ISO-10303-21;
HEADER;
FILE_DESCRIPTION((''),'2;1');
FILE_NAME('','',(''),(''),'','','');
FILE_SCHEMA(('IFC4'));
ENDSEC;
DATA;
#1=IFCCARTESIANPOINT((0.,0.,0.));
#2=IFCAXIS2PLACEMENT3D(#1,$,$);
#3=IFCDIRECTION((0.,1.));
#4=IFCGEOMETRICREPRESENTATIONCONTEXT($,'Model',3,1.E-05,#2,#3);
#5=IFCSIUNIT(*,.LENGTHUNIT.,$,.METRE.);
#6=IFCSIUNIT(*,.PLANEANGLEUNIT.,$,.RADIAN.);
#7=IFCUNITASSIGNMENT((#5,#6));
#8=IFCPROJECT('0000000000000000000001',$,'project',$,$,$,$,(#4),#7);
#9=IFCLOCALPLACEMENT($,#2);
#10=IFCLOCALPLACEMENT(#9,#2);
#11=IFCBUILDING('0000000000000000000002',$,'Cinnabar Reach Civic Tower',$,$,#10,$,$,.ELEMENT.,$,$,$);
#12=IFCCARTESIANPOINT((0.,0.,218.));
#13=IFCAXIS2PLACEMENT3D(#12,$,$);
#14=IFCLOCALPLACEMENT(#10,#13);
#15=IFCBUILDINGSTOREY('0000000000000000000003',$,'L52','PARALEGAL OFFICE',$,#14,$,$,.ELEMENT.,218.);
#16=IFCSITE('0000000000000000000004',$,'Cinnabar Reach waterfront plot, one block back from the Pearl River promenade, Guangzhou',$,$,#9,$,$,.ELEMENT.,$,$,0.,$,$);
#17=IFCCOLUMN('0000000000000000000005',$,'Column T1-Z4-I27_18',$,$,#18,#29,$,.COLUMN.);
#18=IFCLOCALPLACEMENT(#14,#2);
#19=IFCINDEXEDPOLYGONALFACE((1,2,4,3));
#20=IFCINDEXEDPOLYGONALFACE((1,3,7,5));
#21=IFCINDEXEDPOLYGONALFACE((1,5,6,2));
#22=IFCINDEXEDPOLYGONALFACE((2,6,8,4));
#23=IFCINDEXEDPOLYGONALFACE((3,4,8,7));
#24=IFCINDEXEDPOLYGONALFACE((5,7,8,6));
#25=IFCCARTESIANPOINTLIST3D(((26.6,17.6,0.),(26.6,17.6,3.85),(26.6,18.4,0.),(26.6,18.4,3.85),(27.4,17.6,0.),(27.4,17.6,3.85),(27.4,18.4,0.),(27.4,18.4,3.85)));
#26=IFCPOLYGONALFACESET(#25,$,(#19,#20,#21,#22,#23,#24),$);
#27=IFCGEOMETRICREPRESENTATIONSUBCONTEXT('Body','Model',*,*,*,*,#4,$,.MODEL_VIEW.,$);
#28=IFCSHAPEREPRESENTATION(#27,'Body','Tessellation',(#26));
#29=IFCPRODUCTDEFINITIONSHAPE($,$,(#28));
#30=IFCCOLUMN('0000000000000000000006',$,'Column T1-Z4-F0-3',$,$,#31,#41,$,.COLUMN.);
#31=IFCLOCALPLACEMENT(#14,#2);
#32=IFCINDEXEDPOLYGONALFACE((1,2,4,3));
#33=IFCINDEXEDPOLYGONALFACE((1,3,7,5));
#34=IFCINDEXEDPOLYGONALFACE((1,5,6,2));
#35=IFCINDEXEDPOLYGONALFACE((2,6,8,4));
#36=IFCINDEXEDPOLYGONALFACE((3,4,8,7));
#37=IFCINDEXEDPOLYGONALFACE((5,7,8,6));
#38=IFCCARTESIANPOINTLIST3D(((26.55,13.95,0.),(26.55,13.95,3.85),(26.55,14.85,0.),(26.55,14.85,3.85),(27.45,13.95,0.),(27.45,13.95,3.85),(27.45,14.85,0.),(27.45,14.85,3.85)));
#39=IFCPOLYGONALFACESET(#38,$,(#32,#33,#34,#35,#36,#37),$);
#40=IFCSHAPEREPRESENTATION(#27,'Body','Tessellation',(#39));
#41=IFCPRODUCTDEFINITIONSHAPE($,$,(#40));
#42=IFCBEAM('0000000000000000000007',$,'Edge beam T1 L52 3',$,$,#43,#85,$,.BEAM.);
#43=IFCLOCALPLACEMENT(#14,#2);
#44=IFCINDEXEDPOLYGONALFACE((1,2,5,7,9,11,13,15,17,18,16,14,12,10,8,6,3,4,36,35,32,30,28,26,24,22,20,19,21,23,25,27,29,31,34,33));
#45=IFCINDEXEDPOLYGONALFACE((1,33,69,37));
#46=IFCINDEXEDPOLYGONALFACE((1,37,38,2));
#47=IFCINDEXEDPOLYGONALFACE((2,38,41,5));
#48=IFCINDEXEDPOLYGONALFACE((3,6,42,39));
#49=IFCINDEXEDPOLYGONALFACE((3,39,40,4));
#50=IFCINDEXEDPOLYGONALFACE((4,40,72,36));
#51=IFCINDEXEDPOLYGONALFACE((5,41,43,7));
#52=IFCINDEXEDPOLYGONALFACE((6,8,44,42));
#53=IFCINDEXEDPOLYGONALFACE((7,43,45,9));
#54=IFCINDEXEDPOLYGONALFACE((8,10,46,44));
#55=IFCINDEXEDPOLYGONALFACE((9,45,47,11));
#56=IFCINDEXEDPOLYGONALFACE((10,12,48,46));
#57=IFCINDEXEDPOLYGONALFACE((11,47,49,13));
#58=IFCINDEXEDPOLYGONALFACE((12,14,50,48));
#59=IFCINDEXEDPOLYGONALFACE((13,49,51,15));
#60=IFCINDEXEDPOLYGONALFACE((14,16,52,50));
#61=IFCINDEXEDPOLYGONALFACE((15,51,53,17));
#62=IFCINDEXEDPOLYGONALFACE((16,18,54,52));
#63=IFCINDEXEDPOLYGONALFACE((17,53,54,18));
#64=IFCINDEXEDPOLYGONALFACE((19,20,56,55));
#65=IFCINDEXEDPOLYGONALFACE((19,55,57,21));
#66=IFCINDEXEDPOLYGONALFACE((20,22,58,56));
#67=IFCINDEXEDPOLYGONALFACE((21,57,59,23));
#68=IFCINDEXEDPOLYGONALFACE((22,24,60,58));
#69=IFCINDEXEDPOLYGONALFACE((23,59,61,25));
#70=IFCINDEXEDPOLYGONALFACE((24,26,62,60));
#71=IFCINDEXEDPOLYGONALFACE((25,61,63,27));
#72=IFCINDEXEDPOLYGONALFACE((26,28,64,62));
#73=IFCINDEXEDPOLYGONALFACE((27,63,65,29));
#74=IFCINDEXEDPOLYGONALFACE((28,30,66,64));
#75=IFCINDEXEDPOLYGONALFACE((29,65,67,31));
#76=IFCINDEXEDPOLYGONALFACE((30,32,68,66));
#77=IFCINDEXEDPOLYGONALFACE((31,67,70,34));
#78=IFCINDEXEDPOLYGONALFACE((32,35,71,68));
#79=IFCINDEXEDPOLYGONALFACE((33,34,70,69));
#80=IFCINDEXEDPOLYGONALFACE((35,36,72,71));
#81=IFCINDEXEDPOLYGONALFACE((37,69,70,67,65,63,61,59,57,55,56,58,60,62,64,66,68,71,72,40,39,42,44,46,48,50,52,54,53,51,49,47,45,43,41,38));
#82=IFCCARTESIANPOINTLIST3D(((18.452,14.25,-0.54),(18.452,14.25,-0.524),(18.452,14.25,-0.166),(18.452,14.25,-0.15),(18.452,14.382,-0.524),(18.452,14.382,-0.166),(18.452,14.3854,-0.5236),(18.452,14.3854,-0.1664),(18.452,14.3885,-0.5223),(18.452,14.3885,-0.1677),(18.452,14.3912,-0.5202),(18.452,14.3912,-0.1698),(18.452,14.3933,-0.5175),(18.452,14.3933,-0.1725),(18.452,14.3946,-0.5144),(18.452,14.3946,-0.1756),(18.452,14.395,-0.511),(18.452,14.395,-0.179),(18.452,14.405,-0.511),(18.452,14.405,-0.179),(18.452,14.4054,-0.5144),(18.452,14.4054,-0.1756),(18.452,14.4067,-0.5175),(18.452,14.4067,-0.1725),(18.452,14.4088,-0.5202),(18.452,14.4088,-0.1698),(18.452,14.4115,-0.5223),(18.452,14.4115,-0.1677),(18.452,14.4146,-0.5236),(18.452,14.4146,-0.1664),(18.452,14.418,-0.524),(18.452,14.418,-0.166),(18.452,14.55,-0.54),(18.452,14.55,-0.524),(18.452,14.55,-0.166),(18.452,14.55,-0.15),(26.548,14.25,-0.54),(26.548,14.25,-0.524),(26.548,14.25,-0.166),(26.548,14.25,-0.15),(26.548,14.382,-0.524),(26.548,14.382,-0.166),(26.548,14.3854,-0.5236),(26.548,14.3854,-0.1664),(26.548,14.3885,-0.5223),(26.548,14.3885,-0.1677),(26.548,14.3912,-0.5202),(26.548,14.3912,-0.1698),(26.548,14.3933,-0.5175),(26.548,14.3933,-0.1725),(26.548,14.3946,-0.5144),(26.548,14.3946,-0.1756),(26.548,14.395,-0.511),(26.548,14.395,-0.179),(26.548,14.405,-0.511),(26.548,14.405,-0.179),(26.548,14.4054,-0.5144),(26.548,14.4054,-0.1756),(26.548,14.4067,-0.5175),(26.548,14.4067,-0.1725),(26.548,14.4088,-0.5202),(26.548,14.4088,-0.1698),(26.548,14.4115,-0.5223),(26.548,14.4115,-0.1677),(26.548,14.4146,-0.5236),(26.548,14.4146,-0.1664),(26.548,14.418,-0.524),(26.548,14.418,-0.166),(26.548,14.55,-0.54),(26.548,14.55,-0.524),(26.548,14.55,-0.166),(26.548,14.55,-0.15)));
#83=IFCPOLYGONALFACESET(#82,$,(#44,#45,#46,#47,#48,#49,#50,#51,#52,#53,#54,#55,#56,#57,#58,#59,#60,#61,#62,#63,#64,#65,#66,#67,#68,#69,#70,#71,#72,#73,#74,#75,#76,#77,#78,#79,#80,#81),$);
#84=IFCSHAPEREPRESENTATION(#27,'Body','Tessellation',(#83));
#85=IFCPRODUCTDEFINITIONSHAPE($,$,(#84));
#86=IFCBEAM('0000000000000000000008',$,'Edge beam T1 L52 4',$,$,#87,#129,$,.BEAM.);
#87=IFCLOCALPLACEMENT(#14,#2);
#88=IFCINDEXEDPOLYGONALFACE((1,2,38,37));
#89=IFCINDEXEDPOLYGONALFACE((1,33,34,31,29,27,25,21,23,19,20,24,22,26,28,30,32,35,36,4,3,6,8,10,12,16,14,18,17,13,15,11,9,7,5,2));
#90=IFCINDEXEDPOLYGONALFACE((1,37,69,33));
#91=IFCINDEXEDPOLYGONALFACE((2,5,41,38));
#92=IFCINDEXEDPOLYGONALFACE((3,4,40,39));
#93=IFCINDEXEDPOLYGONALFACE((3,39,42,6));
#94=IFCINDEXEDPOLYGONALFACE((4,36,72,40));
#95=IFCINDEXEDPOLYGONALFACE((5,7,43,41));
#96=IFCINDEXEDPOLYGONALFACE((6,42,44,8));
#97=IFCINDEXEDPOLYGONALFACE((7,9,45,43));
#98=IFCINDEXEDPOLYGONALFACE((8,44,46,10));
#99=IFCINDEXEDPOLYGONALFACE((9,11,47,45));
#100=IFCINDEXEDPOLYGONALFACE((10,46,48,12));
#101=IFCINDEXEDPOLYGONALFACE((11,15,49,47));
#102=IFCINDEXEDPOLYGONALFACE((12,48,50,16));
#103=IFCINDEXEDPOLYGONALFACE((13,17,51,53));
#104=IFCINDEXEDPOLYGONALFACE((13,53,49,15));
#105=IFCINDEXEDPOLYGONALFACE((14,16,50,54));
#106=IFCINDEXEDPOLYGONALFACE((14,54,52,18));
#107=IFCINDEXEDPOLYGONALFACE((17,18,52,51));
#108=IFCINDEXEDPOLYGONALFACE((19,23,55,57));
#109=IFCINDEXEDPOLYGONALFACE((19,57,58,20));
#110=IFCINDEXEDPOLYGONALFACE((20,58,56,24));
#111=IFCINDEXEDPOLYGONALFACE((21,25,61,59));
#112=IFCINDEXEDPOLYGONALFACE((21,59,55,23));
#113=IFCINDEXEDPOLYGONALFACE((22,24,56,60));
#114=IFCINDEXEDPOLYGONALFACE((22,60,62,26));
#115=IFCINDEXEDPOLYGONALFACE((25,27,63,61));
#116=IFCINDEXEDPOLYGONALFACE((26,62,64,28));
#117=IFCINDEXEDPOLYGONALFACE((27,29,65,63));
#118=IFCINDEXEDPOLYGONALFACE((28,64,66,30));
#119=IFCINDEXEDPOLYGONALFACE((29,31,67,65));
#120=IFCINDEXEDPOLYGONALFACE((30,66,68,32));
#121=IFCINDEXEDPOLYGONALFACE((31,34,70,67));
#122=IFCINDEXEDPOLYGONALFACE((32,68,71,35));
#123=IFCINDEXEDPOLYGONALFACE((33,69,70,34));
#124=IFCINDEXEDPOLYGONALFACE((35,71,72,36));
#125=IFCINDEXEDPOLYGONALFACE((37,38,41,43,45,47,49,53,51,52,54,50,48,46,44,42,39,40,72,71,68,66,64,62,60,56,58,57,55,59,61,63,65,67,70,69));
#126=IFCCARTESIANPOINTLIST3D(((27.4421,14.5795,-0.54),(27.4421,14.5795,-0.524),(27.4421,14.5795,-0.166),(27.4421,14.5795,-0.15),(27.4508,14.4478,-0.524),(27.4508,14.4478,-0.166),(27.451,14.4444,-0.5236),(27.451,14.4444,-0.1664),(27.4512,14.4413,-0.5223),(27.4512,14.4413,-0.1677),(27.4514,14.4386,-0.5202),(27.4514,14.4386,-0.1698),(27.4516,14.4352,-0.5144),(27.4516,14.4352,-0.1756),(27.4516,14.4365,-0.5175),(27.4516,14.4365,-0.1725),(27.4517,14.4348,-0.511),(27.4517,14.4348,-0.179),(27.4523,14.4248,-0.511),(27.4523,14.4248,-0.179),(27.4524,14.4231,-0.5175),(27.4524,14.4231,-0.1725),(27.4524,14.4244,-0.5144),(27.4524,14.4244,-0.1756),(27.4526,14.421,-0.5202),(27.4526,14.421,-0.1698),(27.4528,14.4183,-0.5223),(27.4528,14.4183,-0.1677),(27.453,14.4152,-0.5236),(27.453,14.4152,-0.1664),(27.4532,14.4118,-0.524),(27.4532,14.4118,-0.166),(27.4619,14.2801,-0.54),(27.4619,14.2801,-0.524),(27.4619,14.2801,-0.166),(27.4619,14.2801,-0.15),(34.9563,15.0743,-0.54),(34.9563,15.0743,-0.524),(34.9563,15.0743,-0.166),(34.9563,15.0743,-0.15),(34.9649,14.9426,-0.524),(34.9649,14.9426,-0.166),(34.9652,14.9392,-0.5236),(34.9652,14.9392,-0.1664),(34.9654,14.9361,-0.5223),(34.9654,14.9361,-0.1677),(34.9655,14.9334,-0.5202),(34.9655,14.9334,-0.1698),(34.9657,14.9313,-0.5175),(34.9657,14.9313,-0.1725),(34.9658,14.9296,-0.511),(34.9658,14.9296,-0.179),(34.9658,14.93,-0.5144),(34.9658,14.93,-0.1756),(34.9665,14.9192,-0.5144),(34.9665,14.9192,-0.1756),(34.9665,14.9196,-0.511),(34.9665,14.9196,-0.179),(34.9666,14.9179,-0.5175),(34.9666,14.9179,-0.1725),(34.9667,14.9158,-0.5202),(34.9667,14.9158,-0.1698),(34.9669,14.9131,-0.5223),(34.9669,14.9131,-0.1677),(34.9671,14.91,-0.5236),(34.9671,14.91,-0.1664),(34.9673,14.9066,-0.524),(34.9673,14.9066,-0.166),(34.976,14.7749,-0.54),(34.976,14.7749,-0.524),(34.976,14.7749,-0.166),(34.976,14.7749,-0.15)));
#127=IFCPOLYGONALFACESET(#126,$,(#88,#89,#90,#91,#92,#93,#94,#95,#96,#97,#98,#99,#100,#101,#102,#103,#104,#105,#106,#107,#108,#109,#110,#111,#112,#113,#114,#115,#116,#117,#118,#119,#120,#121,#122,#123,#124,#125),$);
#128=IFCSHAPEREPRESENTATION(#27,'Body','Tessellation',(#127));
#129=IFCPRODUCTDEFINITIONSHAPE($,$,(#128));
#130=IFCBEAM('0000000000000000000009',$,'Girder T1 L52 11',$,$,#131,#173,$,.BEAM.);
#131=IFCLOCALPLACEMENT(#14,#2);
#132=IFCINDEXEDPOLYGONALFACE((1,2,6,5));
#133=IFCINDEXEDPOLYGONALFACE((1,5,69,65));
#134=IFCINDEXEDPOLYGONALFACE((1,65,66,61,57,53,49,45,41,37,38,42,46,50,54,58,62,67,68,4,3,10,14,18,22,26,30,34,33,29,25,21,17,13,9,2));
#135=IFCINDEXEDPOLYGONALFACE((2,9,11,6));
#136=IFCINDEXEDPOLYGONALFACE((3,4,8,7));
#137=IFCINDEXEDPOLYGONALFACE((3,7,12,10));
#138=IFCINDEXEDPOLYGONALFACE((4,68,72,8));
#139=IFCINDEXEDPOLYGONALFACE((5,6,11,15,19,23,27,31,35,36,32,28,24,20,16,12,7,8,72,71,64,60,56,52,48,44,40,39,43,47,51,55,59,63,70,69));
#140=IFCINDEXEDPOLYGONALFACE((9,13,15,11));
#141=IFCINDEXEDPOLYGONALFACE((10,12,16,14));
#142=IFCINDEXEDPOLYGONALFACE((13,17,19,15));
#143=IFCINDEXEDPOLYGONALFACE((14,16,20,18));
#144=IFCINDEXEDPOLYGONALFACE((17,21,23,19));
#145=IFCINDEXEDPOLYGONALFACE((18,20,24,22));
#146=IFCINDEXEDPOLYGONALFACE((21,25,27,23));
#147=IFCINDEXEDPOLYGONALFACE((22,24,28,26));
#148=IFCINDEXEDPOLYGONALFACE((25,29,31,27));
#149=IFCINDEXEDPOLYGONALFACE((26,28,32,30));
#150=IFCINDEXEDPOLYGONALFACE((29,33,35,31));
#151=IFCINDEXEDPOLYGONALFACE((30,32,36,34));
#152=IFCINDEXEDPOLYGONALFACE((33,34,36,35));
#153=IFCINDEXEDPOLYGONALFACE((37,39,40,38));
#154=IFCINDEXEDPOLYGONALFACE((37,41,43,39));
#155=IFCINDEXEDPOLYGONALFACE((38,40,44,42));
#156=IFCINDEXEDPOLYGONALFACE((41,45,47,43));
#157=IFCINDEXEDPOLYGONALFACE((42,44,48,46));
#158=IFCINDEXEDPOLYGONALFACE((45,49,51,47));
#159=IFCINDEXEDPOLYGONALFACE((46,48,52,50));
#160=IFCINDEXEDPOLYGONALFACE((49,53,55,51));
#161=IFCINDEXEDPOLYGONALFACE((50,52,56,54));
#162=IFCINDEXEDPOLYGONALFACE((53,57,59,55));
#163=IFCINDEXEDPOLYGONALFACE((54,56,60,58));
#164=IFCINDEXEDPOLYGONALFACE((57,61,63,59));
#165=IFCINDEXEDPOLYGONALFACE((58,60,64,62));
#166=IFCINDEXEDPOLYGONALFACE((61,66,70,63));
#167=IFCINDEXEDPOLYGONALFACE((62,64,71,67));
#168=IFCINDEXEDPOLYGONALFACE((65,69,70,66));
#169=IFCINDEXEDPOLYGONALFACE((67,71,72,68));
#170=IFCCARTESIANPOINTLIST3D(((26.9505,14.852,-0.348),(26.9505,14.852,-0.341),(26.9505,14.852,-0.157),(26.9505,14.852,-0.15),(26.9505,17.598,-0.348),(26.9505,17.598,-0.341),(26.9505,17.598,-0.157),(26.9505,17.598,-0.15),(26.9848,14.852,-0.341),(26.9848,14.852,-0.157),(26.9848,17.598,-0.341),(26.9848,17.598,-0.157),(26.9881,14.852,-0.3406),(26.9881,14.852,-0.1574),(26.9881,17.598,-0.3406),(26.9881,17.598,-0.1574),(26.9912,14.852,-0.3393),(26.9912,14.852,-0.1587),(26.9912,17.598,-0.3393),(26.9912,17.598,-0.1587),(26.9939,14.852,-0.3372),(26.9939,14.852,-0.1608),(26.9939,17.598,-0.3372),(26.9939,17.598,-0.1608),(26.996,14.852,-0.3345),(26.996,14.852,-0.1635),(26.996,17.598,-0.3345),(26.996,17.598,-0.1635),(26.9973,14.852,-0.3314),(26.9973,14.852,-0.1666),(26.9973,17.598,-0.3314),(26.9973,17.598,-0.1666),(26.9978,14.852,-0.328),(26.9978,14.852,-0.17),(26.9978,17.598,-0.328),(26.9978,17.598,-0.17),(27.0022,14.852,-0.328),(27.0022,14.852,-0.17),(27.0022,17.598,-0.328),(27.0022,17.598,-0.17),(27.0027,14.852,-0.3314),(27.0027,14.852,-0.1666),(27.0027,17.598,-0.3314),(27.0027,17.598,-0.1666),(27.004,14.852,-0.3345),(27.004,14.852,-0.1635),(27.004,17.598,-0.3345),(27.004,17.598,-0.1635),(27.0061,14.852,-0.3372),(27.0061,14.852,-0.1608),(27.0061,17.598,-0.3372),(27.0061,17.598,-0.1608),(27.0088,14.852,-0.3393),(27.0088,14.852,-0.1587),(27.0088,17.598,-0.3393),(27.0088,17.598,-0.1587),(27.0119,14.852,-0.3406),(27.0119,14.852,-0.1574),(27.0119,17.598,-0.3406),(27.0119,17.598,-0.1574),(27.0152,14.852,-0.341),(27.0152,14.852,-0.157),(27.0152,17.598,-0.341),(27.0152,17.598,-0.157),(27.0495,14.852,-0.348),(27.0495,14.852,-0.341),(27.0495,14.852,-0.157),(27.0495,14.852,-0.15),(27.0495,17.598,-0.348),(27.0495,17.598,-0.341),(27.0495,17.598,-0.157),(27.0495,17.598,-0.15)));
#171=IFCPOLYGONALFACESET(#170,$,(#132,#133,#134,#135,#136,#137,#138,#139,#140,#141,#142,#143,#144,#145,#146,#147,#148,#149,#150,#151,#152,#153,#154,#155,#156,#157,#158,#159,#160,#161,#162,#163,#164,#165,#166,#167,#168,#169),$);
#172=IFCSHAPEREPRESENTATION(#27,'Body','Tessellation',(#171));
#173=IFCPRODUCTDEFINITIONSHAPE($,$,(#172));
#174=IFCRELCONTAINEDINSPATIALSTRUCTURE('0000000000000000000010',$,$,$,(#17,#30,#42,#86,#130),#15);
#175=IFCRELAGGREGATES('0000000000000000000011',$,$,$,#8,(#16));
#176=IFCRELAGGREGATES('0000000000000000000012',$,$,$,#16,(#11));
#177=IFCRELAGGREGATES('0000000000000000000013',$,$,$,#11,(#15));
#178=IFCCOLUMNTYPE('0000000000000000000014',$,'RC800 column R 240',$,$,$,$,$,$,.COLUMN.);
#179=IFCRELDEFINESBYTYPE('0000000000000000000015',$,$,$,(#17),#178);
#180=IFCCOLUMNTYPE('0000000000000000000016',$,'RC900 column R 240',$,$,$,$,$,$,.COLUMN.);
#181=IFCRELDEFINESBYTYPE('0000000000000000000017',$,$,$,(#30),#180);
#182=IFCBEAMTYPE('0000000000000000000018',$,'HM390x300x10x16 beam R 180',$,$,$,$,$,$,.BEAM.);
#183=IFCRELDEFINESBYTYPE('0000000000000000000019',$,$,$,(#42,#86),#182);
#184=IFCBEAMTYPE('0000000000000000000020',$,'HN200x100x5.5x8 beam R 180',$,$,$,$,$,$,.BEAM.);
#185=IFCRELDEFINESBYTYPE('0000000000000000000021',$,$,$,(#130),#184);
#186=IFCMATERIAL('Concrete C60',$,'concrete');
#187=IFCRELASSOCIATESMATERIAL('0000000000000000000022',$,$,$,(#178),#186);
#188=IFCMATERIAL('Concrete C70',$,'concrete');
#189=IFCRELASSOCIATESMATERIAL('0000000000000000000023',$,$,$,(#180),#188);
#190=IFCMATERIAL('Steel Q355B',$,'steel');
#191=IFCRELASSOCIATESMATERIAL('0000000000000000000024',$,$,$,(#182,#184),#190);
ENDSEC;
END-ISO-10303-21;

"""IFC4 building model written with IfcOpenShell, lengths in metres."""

from ifc_helpers import new_model, si_unit, direction, frame, origin, origin_2d, place, context, subcontext, project, spatial, rectangle, i_section, extrude, material, material_profile, profile_set, type_object, element, save


model = new_model("IFC4")

# Units and contexts
model_context = context("Model", 3, precision=1e-05, world=origin(), true_north=direction((0.0, 1.0)))
body_context = subcontext(model_context, "Body", "Model", "MODEL_VIEW")
ifc_project = project(units=[si_unit("LENGTHUNIT", "METRE"), si_unit("PLANEANGLEUNIT", "RADIAN")], contexts=[model_context])

# Site, building, storey
site_placement = place(None, origin())
site = spatial("IfcSite", under=ifc_project, at=site_placement, Name="Cinnabar Reach waterfront plot, one block back from the Pearl River promenade, Guangzhou", CompositionType="ELEMENT", RefElevation=0.0)
building_placement = place(site_placement, origin())
building = spatial("IfcBuilding", under=site, at=building_placement, Name="Cinnabar Reach Civic Tower", CompositionType="ELEMENT")
storey_placement = place(building_placement, frame((0.0, 0.0, 218.0)))
storey = spatial("IfcBuildingStorey", under=building, at=storey_placement, Name="L52", Description="PARALEGAL OFFICE", CompositionType="ELEMENT", Elevation=218.0)

# Columns
ifc_material_1 = material(Name="Concrete C60", Category="concrete")
ifc_material_profile_1 = material_profile(ifc_material_1, rectangle(XDim=0.8, YDim=0.8, at=origin_2d()), Name="RC800")
ifc_profile_set_1 = profile_set([ifc_material_profile_1], Name="Concrete C60")
column_type_1 = type_object("IfcColumnType", Name="RC800 column R 240", PredefinedType="COLUMN", material=ifc_profile_set_1)
column_1_placement = place(storey_placement, frame((27.0, 18.0, 0.0), z_axis=(0.0, 0.0, 1.0), x_axis=(1.0, 0.0, 0.0)))
element("IfcColumn", 1, at=column_1_placement, inside=storey, type_object=column_type_1, Name="Column T1-Z4-I27_18", PredefinedType="COLUMN", context=body_context, shape_type="SweptSolid", body=[
    extrude(rectangle(XDim=0.8, YDim=0.8, at=origin_2d()), origin(), (0.0, 0.0, 1.0), 3.85),
])
ifc_material_2 = material(Name="Concrete C70", Category="concrete")
ifc_material_profile_2 = material_profile(ifc_material_2, rectangle(XDim=0.9, YDim=0.9, at=origin_2d()), Name="RC900")
ifc_profile_set_2 = profile_set([ifc_material_profile_2], Name="Concrete C70")
column_type_2 = type_object("IfcColumnType", Name="RC900 column R 240", PredefinedType="COLUMN", material=ifc_profile_set_2)
column_2_placement = place(storey_placement, frame((27.0, 14.4, 0.0), z_axis=(0.0, 0.0, 1.0), x_axis=(1.0, 0.0, 0.0)))
element("IfcColumn", 2, at=column_2_placement, inside=storey, type_object=column_type_2, Name="Column T1-Z4-F0-3", PredefinedType="COLUMN", context=body_context, shape_type="SweptSolid", body=[
    extrude(rectangle(XDim=0.9, YDim=0.9, at=origin_2d()), origin(), (0.0, 0.0, 1.0), 3.85),
])

# Beams
ifc_material_3 = material(Name="Steel Q355B", Category="steel")
ifc_material_profile_3 = material_profile(ifc_material_3, i_section(OverallWidth=0.3, OverallDepth=0.39, WebThickness=0.01, FlangeThickness=0.016, FilletRadius=0.013, at=origin_2d()), Name="HM390x300x10x16")
ifc_profile_set_3 = profile_set([ifc_material_profile_3], Name="Steel Q355B")
beam_type_1 = type_object("IfcBeamType", Name="HM390x300x10x16 beam R 180", PredefinedType="BEAM", material=ifc_profile_set_3)
beam_1_placement = place(storey_placement, frame((18.452, 14.4, -0.345), z_axis=(1.0, 0.0, 0.0), x_axis=(0.0, 1.0, 0.0)))
element("IfcBeam", 3, at=beam_1_placement, inside=storey, type_object=beam_type_1, Name="Edge beam T1 L52 3", PredefinedType="BEAM", context=body_context, shape_type="SweptSolid", body=[
    extrude(i_section(OverallWidth=0.3, OverallDepth=0.39, WebThickness=0.01, FlangeThickness=0.016, FilletRadius=0.013, at=origin_2d()), origin(), (0.0, 0.0, 1.0), 8.096),
])
beam_2_placement = place(storey_placement, frame((27.452, 14.4298, -0.345), z_axis=(0.997839, 0.065707, 0.0), x_axis=(-0.065707, 0.997839, 0.0)))
element("IfcBeam", 4, at=beam_2_placement, inside=storey, type_object=beam_type_1, Name="Edge beam T1 L52 4", PredefinedType="BEAM", context=body_context, shape_type="SweptSolid", body=[
    extrude(i_section(OverallWidth=0.3, OverallDepth=0.39, WebThickness=0.01, FlangeThickness=0.016, FilletRadius=0.013, at=origin_2d()), origin(), (0.0, 0.0, 1.0), 7.5304),
])
ifc_material_profile_4 = material_profile(ifc_material_3, i_section(OverallWidth=0.099, OverallDepth=0.198, WebThickness=0.0045, FlangeThickness=0.007, FilletRadius=0.013, at=origin_2d()), Name="HN200x100x5.5x8")
ifc_profile_set_4 = profile_set([ifc_material_profile_4], Name="Steel Q355B")
beam_type_2 = type_object("IfcBeamType", Name="HN200x100x5.5x8 beam R 180", PredefinedType="BEAM", material=ifc_profile_set_4)
beam_3_placement = place(storey_placement, frame((27.0, 14.852, -0.249), z_axis=(0.0, 1.0, 0.0), x_axis=(-1.0, 0.0, 0.0)))
element("IfcBeam", 5, at=beam_3_placement, inside=storey, type_object=beam_type_2, Name="Girder T1 L52 11", PredefinedType="BEAM", context=body_context, shape_type="SweptSolid", body=[
    extrude(i_section(OverallWidth=0.099, OverallDepth=0.198, WebThickness=0.0045, FlangeThickness=0.007, FilletRadius=0.013, at=origin_2d()), origin(), (0.0, 0.0, 1.0), 2.746),
])

save(model, "model.ifc")
